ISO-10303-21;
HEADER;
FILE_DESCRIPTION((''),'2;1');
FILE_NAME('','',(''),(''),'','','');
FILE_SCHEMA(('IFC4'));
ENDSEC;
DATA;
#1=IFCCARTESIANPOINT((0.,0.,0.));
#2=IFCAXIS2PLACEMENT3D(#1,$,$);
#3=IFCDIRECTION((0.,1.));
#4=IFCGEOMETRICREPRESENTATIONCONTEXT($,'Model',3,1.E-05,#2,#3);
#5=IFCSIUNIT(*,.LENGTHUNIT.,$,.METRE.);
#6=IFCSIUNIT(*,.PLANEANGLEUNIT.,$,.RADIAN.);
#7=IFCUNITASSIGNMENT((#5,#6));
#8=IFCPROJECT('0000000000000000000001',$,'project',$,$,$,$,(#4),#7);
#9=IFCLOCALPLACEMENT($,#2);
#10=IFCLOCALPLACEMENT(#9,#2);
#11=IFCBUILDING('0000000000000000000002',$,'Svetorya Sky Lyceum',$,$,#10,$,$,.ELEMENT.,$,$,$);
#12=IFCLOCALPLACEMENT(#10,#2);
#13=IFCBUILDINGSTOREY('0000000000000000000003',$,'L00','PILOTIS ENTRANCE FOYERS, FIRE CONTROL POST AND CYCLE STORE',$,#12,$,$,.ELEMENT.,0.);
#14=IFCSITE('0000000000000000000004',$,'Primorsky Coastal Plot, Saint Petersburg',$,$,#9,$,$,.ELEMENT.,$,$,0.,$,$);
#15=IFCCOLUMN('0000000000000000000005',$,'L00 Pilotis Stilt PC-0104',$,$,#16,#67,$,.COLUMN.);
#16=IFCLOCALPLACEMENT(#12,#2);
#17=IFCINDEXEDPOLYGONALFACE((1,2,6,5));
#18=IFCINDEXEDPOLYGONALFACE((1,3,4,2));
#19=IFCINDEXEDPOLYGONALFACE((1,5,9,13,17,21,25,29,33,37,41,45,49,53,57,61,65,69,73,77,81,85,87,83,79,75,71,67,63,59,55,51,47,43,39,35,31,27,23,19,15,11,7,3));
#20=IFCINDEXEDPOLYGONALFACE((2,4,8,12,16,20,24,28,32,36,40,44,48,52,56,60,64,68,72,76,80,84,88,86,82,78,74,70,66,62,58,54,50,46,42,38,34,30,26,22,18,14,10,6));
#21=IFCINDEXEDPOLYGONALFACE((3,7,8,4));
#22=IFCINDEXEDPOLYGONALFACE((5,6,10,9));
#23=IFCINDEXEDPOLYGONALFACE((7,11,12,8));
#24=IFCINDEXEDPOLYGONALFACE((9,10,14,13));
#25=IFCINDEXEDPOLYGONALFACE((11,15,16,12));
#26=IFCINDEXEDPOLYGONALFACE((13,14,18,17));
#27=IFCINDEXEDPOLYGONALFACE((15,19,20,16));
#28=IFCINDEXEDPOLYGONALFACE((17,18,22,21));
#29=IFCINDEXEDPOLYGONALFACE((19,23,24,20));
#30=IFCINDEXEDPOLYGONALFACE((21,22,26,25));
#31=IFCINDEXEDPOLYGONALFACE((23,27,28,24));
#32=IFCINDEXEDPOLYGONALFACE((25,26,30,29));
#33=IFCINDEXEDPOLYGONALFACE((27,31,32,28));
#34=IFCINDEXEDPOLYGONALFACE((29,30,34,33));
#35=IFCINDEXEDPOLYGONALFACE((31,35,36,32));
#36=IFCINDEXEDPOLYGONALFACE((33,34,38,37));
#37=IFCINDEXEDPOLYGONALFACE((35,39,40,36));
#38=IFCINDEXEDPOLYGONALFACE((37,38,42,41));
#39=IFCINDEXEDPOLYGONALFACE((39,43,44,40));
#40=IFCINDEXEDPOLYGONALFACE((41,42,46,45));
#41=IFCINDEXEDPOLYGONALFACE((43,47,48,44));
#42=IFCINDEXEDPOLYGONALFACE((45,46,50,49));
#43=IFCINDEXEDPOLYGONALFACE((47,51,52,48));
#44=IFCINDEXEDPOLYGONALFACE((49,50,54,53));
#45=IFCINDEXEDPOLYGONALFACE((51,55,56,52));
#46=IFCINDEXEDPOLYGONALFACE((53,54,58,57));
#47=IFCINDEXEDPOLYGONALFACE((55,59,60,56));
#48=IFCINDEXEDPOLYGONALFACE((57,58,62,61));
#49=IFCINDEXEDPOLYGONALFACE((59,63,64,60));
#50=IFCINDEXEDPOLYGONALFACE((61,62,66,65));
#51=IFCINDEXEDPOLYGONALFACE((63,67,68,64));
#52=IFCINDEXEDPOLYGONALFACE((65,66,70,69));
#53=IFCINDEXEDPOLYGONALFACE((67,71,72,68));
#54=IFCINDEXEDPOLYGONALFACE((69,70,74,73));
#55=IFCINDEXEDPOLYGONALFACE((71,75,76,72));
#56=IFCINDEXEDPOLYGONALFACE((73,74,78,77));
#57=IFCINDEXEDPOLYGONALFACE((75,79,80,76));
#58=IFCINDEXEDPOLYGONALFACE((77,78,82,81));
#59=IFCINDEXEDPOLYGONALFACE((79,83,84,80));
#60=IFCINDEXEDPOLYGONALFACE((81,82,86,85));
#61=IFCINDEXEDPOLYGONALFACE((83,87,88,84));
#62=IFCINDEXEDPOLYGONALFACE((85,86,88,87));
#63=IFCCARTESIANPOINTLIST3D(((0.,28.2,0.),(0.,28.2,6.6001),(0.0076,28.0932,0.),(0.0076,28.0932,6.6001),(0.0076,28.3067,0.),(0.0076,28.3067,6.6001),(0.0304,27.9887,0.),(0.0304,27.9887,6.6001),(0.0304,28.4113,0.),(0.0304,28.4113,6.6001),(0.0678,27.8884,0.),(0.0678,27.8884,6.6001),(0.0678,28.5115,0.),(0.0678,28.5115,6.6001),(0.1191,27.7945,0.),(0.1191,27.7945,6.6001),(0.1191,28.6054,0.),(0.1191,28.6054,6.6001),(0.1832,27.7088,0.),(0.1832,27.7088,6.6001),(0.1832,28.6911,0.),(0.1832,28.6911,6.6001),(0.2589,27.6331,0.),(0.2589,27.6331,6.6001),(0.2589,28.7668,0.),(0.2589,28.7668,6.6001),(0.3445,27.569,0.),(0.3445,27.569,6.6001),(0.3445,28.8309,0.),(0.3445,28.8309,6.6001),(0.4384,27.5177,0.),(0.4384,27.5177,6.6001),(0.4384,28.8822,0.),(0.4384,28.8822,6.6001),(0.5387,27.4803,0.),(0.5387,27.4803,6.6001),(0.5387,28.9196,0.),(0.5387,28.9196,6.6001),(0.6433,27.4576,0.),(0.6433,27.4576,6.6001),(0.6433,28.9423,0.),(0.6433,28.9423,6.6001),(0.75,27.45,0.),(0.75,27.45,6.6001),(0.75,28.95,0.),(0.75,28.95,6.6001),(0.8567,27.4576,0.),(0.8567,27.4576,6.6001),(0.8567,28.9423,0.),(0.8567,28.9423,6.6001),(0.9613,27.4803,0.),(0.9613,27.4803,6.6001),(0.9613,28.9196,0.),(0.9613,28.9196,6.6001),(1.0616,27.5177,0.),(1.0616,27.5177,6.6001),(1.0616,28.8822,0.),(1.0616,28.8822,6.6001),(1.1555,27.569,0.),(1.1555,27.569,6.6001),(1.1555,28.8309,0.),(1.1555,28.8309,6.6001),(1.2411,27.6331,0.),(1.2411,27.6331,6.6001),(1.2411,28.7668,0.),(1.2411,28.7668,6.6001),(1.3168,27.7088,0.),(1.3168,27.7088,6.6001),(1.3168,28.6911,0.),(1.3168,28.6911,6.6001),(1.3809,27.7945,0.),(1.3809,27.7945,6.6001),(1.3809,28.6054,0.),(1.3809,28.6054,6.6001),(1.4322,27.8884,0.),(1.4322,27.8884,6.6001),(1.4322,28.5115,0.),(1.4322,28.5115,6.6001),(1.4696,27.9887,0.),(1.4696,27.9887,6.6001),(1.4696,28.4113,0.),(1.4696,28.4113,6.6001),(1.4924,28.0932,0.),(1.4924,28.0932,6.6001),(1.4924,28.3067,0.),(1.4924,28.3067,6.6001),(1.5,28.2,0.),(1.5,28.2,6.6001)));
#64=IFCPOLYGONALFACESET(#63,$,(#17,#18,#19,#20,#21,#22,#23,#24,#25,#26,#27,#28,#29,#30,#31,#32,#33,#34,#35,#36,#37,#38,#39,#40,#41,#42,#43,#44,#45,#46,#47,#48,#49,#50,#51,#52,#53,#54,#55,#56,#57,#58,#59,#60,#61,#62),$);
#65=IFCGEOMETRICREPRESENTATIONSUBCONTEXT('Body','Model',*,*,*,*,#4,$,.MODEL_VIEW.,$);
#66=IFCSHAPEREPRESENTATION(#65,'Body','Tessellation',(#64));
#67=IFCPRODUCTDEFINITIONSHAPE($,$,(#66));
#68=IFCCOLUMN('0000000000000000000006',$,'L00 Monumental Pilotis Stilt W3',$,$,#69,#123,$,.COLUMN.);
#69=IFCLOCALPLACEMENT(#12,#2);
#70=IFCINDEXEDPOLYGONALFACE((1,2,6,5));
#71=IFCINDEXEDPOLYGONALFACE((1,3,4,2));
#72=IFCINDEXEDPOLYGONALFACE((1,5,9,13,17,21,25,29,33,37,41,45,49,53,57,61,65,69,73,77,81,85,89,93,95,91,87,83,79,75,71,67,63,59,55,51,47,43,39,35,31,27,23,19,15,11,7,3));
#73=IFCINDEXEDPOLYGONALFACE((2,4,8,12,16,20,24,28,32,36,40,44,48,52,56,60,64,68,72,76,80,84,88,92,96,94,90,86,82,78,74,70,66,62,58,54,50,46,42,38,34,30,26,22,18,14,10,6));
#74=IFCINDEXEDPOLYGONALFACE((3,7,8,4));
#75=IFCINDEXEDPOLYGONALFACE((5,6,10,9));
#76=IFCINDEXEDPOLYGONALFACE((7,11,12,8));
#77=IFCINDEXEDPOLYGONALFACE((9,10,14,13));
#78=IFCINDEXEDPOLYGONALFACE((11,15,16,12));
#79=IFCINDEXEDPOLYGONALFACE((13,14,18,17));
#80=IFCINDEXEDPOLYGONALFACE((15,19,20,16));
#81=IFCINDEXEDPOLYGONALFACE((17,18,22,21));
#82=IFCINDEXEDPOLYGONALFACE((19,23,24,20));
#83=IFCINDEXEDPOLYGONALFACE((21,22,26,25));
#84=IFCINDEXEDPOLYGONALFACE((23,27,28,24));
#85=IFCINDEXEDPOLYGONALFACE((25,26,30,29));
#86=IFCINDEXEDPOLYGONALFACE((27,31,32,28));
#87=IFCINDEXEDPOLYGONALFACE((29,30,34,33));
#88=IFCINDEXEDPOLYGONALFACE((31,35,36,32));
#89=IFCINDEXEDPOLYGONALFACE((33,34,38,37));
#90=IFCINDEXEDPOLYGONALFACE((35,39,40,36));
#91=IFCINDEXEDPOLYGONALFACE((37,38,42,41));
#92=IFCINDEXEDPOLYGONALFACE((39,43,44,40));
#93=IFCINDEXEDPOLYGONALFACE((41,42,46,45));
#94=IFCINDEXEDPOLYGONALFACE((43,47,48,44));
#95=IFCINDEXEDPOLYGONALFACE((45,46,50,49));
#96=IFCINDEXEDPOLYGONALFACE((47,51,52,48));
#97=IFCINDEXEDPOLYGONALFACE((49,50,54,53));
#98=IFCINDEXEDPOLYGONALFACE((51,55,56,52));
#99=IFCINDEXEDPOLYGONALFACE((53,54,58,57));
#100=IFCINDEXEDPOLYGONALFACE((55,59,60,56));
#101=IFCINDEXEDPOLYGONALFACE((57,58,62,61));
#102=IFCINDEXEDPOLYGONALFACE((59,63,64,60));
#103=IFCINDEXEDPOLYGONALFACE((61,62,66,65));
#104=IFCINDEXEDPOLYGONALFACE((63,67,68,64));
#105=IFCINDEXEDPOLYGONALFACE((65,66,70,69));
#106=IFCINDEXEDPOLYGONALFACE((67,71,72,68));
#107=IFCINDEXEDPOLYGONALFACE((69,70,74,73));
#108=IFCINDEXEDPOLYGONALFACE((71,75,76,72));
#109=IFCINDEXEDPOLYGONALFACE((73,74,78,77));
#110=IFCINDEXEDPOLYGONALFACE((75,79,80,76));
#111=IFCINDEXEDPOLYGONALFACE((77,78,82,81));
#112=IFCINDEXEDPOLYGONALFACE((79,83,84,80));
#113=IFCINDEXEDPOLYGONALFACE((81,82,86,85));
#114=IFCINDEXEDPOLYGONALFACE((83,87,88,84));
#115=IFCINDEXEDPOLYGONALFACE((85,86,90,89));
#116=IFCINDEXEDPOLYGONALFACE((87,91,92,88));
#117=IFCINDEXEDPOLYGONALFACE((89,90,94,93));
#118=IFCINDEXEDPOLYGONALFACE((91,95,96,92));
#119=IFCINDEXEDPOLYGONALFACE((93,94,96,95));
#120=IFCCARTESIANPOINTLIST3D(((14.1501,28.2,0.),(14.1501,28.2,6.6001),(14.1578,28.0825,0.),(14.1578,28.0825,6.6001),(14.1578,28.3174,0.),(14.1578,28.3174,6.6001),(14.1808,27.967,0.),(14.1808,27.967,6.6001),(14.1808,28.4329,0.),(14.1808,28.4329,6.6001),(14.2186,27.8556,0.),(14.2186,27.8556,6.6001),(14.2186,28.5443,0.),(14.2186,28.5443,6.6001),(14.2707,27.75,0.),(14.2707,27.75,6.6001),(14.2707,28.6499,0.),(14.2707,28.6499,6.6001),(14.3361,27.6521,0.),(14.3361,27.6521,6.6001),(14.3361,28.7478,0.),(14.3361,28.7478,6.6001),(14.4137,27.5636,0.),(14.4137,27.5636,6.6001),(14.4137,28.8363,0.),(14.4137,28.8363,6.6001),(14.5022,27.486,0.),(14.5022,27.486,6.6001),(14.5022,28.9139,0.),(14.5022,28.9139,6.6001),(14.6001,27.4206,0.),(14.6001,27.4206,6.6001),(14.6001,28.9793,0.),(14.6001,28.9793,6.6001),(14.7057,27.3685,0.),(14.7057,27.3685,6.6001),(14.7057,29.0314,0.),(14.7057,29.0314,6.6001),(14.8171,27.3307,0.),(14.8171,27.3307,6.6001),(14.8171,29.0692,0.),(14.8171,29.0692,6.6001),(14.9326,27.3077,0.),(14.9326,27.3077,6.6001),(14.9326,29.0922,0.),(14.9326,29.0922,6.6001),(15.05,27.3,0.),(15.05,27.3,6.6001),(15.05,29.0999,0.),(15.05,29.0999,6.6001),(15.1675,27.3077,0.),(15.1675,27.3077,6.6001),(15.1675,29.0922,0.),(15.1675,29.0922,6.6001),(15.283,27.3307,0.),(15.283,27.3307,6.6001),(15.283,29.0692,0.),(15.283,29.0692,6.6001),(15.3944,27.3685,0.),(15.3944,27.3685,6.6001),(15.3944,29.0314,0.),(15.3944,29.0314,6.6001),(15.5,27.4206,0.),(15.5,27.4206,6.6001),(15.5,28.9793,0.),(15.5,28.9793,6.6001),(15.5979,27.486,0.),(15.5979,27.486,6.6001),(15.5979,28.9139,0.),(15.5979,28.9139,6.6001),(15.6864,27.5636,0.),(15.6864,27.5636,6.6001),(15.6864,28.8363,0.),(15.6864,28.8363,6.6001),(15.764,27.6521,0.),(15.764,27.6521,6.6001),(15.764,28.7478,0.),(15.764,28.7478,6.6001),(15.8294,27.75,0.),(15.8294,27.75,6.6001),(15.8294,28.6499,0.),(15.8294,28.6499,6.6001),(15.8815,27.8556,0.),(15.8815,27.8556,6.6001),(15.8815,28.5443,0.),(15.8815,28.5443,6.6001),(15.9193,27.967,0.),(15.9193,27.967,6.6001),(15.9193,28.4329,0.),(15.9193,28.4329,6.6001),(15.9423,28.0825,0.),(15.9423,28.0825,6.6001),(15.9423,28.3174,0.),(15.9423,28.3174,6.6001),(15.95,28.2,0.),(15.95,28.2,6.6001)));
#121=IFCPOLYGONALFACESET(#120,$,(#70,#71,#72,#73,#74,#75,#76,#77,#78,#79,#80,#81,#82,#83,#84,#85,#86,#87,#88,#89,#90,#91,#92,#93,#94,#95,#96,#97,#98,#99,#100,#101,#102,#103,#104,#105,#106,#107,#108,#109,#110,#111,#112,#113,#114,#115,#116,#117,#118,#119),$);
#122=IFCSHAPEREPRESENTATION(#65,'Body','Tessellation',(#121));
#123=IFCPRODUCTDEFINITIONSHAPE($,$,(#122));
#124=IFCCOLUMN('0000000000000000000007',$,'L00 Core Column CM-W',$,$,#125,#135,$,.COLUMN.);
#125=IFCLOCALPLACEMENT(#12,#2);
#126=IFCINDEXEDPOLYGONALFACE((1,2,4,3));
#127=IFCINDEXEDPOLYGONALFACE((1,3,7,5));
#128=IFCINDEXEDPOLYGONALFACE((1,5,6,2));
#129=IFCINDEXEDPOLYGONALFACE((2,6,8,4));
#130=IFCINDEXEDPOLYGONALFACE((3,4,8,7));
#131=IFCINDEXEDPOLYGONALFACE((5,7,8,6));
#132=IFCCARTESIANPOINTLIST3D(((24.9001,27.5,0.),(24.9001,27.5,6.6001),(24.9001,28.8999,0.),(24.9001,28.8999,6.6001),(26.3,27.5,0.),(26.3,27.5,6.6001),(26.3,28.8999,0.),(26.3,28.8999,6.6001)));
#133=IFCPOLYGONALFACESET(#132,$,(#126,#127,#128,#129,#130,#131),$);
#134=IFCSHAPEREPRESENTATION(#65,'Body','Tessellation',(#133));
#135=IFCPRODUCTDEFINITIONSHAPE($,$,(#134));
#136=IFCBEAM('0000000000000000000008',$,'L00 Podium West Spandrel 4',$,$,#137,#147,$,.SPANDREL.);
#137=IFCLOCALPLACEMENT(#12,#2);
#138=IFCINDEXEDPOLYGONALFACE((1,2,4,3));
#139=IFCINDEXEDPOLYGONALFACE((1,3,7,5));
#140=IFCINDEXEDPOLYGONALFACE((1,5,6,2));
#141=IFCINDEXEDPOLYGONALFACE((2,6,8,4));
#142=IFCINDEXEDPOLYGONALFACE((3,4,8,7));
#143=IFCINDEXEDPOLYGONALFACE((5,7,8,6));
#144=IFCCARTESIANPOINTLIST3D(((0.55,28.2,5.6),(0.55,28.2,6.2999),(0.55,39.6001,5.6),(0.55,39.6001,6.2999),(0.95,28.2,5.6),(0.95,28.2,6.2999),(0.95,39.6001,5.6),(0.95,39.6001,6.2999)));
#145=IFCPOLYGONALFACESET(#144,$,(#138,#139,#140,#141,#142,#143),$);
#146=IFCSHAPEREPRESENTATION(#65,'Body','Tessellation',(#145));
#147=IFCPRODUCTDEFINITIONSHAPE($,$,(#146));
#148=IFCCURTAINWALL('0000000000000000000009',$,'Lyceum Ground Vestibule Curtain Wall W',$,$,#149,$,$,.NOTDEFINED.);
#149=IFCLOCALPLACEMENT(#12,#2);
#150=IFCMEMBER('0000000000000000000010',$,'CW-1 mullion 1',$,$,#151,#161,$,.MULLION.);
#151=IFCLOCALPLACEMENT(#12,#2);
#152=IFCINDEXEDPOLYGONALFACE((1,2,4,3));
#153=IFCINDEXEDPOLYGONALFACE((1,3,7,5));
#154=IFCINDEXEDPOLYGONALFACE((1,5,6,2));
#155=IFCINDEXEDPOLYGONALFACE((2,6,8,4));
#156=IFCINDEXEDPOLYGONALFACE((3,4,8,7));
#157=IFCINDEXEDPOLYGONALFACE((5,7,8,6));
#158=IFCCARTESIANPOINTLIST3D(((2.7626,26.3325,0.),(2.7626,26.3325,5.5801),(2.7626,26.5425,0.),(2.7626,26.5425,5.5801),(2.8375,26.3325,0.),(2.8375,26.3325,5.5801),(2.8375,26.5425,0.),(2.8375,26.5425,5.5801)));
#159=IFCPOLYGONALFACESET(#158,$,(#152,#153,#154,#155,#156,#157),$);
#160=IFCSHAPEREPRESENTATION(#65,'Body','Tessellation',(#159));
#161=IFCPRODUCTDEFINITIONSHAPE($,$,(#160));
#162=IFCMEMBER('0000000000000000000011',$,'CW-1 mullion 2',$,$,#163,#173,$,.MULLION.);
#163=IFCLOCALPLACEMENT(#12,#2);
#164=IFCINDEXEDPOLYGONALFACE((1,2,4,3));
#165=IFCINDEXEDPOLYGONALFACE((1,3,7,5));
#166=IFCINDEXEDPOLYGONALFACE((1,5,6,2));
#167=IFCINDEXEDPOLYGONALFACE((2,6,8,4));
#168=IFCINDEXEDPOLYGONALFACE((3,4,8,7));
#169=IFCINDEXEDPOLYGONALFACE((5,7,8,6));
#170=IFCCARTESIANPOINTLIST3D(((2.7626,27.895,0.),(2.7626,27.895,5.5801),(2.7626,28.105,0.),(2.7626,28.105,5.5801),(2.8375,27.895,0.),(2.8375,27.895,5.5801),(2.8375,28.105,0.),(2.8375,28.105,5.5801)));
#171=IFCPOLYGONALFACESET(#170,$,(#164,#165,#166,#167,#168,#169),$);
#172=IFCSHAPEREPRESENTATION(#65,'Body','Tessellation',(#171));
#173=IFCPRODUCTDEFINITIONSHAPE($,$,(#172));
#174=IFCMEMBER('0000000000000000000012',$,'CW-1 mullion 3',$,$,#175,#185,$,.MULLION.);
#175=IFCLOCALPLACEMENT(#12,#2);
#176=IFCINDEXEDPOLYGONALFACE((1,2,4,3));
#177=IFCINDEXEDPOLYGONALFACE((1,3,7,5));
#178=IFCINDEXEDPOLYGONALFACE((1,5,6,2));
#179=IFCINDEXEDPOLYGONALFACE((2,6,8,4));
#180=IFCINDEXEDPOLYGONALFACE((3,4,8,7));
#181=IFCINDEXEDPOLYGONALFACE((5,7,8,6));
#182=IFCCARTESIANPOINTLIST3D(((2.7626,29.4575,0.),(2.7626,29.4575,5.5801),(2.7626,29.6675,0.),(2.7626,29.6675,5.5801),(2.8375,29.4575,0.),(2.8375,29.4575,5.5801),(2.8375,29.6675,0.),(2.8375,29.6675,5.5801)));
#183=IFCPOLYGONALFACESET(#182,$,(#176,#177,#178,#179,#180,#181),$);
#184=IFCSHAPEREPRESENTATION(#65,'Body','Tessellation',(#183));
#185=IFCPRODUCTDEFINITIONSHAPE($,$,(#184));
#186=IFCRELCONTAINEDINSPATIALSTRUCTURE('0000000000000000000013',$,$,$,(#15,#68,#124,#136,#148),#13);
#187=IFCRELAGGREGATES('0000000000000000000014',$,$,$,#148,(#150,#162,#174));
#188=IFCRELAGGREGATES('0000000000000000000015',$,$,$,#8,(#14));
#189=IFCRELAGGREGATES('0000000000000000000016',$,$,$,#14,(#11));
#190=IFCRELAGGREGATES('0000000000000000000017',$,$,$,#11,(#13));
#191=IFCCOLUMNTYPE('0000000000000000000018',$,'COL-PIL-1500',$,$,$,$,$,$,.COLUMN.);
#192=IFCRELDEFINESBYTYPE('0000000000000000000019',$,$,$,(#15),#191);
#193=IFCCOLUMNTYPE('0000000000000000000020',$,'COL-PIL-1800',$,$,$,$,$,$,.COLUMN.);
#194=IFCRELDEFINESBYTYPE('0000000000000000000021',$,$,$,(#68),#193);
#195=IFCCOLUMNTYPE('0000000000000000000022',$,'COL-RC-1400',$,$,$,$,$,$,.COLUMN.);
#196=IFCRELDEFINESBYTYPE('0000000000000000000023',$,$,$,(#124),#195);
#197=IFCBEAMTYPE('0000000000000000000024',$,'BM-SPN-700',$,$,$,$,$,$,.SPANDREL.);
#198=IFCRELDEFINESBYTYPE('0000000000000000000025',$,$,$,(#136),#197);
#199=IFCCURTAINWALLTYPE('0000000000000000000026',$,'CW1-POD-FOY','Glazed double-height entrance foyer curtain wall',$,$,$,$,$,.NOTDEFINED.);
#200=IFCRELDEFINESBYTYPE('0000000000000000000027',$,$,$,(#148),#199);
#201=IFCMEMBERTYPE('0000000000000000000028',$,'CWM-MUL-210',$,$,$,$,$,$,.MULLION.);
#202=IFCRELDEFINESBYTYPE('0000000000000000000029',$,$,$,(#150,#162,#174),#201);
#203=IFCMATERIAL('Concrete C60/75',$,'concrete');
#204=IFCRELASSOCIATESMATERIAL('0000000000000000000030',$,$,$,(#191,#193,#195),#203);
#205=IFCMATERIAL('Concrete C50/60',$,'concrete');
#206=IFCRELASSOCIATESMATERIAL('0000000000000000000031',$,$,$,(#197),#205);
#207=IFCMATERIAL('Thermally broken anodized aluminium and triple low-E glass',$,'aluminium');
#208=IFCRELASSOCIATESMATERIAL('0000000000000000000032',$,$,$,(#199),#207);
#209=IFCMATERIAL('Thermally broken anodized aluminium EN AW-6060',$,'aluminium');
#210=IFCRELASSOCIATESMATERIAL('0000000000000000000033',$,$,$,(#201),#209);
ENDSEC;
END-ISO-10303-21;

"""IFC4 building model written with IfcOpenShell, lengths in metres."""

from ifc_helpers import new_model, si_unit, direction, frame, origin, origin_2d, place, context, subcontext, project, spatial, rectangle, circle, extrude, material, material_profile, profile_set, type_object, element, aggregate, save


model = new_model("IFC4")

# Units and contexts
model_context = context("Model", 3, precision=1e-05, world=origin(), true_north=direction((0.0, 1.0)))
body_context = subcontext(model_context, "Body", "Model", "MODEL_VIEW")
ifc_project = project(units=[si_unit("LENGTHUNIT", "METRE"), si_unit("PLANEANGLEUNIT", "RADIAN")], contexts=[model_context])

# Site, building, storey
site_placement = place(None, origin())
site = spatial("IfcSite", under=ifc_project, at=site_placement, Name="Primorsky Coastal Plot, Saint Petersburg", CompositionType="ELEMENT", RefElevation=0.0)
building_placement = place(site_placement, origin())
building = spatial("IfcBuilding", under=site, at=building_placement, Name="Svetorya Sky Lyceum", CompositionType="ELEMENT")
storey_placement = place(building_placement, origin())
storey = spatial("IfcBuildingStorey", under=building, at=storey_placement, Name="L00", Description="PILOTIS ENTRANCE FOYERS, FIRE CONTROL POST AND CYCLE STORE", CompositionType="ELEMENT", Elevation=0.0)

# Columns
ifc_material_1 = material(Name="Concrete C60/75", Category="concrete")
ifc_material_profile_1 = material_profile(ifc_material_1, circle(Radius=0.75, at=origin_2d()), Name="RC PILOTI D1500")
ifc_profile_set_1 = profile_set([ifc_material_profile_1], Name="Concrete C60/75")
column_type_1 = type_object("IfcColumnType", Name="COL-PIL-1500", PredefinedType="COLUMN", material=ifc_profile_set_1)
column_1_placement = place(storey_placement, frame((0.75, 28.2, 0.0), z_axis=(0.0, 0.0, 1.0), x_axis=(1.0, 0.0, 0.0)))
element("IfcColumn", 1, at=column_1_placement, inside=storey, type_object=column_type_1, Name="L00 Pilotis Stilt PC-0104", PredefinedType="COLUMN", context=body_context, shape_type="SweptSolid", body=[
    extrude(circle(Radius=0.75, at=origin_2d()), origin(), (0.0, 0.0, 1.0), 6.6001),
])
ifc_material_profile_2 = material_profile(ifc_material_1, circle(Radius=0.8999, at=origin_2d()), Name="RC PILOTI D1800")
ifc_profile_set_2 = profile_set([ifc_material_profile_2], Name="Concrete C60/75")
column_type_2 = type_object("IfcColumnType", Name="COL-PIL-1800", PredefinedType="COLUMN", material=ifc_profile_set_2)
column_2_placement = place(storey_placement, frame((15.05, 28.2, 0.0), z_axis=(0.0, 0.0, 1.0), x_axis=(1.0, 0.0, 0.0)))
element("IfcColumn", 2, at=column_2_placement, inside=storey, type_object=column_type_2, Name="L00 Monumental Pilotis Stilt W3", PredefinedType="COLUMN", context=body_context, shape_type="SweptSolid", body=[
    extrude(circle(Radius=0.8999, at=origin_2d()), origin(), (0.0, 0.0, 1.0), 6.6001),
])
ifc_material_profile_3 = material_profile(ifc_material_1, rectangle(XDim=1.3999, YDim=1.3999, at=origin_2d()), Name="RC COL 1400x1400")
ifc_profile_set_3 = profile_set([ifc_material_profile_3], Name="Concrete C60/75")
column_type_3 = type_object("IfcColumnType", Name="COL-RC-1400", PredefinedType="COLUMN", material=ifc_profile_set_3)
column_3_placement = place(storey_placement, frame((25.6001, 28.2, 0.0), z_axis=(0.0, 0.0, 1.0), x_axis=(1.0, 0.0, 0.0)))
element("IfcColumn", 3, at=column_3_placement, inside=storey, type_object=column_type_3, Name="L00 Core Column CM-W", PredefinedType="COLUMN", context=body_context, shape_type="SweptSolid", body=[
    extrude(rectangle(XDim=1.3999, YDim=1.3999, at=origin_2d()), origin(), (0.0, 0.0, 1.0), 6.6001),
])

# Beam
ifc_material_2 = material(Name="Concrete C50/60", Category="concrete")
ifc_material_profile_4 = material_profile(ifc_material_2, rectangle(XDim=0.3999, YDim=0.7, at=origin_2d()), Name="RC SPANDREL 400x700")
ifc_profile_set_4 = profile_set([ifc_material_profile_4], Name="Concrete C50/60")
beam_type = type_object("IfcBeamType", Name="BM-SPN-700", PredefinedType="SPANDREL", material=ifc_profile_set_4)
beam_placement = place(storey_placement, frame((0.75, 28.2, 5.95), z_axis=(0.0, 1.0, 0.0), x_axis=(-1.0, 0.0, 0.0)))
element("IfcBeam", 4, at=beam_placement, inside=storey, type_object=beam_type, Name="L00 Podium West Spandrel 4", PredefinedType="SPANDREL", context=body_context, shape_type="SweptSolid", body=[
    extrude(rectangle(XDim=0.3999, YDim=0.7, at=origin_2d()), origin(), (0.0, 0.0, 1.0), 11.4001),
])

# Curtain wall, members
ifc_material_3 = material(Name="Thermally broken anodized aluminium and triple low-E glass", Category="aluminium")
curtain_wall_type = type_object("IfcCurtainWallType", Name="CW1-POD-FOY", Description="Glazed double-height entrance foyer curtain wall", PredefinedType="NOTDEFINED", material=ifc_material_3)
curtain_wall_placement = place(storey_placement, origin())
curtain_wall = element("IfcCurtainWall", 5, at=curtain_wall_placement, inside=storey, type_object=curtain_wall_type, Name="Lyceum Ground Vestibule Curtain Wall W", PredefinedType="NOTDEFINED")
ifc_material_4 = material(Name="Thermally broken anodized aluminium EN AW-6060", Category="aluminium")
ifc_material_profile_5 = material_profile(ifc_material_4, rectangle(XDim=0.075, YDim=0.21, at=origin_2d()), Name="ALU MULLION 75x210")
ifc_profile_set_5 = profile_set([ifc_material_profile_5], Name="Thermally broken anodized aluminium EN AW-6060")
member_type_1 = type_object("IfcMemberType", Name="CWM-MUL-210", PredefinedType="MULLION", material=ifc_profile_set_5)
member_1_placement = place(storey_placement, frame((2.8, 26.4375, 0.0), z_axis=(0.0, 0.0, 1.0), x_axis=(-1.0, 0.0, 0.0)))
member_1 = element("IfcMember", 6, at=member_1_placement, type_object=member_type_1, Name="CW-1 mullion 1", PredefinedType="MULLION", context=body_context, shape_type="SweptSolid", body=[
    extrude(rectangle(XDim=0.075, YDim=0.21, at=origin_2d()), origin(), (0.0, 0.0, 1.0), 5.5801),
])
member_2_placement = place(storey_placement, frame((2.8, 28.0, 0.0), z_axis=(0.0, 0.0, 1.0), x_axis=(-1.0, 0.0, 0.0)))
member_2 = element("IfcMember", 7, at=member_2_placement, type_object=member_type_1, Name="CW-1 mullion 2", PredefinedType="MULLION", context=body_context, shape_type="SweptSolid", body=[
    extrude(rectangle(XDim=0.075, YDim=0.21, at=origin_2d()), origin(), (0.0, 0.0, 1.0), 5.5801),
])
member_3_placement = place(storey_placement, frame((2.8, 29.5625, 0.0), z_axis=(0.0, 0.0, 1.0), x_axis=(-1.0, 0.0, 0.0)))
member_3 = element("IfcMember", 8, at=member_3_placement, type_object=member_type_1, Name="CW-1 mullion 3", PredefinedType="MULLION", context=body_context, shape_type="SweptSolid", body=[
    extrude(rectangle(XDim=0.075, YDim=0.21, at=origin_2d()), origin(), (0.0, 0.0, 1.0), 5.5801),
])
aggregate(curtain_wall, [member_1, member_2, member_3])

save(model, "model.ifc")
